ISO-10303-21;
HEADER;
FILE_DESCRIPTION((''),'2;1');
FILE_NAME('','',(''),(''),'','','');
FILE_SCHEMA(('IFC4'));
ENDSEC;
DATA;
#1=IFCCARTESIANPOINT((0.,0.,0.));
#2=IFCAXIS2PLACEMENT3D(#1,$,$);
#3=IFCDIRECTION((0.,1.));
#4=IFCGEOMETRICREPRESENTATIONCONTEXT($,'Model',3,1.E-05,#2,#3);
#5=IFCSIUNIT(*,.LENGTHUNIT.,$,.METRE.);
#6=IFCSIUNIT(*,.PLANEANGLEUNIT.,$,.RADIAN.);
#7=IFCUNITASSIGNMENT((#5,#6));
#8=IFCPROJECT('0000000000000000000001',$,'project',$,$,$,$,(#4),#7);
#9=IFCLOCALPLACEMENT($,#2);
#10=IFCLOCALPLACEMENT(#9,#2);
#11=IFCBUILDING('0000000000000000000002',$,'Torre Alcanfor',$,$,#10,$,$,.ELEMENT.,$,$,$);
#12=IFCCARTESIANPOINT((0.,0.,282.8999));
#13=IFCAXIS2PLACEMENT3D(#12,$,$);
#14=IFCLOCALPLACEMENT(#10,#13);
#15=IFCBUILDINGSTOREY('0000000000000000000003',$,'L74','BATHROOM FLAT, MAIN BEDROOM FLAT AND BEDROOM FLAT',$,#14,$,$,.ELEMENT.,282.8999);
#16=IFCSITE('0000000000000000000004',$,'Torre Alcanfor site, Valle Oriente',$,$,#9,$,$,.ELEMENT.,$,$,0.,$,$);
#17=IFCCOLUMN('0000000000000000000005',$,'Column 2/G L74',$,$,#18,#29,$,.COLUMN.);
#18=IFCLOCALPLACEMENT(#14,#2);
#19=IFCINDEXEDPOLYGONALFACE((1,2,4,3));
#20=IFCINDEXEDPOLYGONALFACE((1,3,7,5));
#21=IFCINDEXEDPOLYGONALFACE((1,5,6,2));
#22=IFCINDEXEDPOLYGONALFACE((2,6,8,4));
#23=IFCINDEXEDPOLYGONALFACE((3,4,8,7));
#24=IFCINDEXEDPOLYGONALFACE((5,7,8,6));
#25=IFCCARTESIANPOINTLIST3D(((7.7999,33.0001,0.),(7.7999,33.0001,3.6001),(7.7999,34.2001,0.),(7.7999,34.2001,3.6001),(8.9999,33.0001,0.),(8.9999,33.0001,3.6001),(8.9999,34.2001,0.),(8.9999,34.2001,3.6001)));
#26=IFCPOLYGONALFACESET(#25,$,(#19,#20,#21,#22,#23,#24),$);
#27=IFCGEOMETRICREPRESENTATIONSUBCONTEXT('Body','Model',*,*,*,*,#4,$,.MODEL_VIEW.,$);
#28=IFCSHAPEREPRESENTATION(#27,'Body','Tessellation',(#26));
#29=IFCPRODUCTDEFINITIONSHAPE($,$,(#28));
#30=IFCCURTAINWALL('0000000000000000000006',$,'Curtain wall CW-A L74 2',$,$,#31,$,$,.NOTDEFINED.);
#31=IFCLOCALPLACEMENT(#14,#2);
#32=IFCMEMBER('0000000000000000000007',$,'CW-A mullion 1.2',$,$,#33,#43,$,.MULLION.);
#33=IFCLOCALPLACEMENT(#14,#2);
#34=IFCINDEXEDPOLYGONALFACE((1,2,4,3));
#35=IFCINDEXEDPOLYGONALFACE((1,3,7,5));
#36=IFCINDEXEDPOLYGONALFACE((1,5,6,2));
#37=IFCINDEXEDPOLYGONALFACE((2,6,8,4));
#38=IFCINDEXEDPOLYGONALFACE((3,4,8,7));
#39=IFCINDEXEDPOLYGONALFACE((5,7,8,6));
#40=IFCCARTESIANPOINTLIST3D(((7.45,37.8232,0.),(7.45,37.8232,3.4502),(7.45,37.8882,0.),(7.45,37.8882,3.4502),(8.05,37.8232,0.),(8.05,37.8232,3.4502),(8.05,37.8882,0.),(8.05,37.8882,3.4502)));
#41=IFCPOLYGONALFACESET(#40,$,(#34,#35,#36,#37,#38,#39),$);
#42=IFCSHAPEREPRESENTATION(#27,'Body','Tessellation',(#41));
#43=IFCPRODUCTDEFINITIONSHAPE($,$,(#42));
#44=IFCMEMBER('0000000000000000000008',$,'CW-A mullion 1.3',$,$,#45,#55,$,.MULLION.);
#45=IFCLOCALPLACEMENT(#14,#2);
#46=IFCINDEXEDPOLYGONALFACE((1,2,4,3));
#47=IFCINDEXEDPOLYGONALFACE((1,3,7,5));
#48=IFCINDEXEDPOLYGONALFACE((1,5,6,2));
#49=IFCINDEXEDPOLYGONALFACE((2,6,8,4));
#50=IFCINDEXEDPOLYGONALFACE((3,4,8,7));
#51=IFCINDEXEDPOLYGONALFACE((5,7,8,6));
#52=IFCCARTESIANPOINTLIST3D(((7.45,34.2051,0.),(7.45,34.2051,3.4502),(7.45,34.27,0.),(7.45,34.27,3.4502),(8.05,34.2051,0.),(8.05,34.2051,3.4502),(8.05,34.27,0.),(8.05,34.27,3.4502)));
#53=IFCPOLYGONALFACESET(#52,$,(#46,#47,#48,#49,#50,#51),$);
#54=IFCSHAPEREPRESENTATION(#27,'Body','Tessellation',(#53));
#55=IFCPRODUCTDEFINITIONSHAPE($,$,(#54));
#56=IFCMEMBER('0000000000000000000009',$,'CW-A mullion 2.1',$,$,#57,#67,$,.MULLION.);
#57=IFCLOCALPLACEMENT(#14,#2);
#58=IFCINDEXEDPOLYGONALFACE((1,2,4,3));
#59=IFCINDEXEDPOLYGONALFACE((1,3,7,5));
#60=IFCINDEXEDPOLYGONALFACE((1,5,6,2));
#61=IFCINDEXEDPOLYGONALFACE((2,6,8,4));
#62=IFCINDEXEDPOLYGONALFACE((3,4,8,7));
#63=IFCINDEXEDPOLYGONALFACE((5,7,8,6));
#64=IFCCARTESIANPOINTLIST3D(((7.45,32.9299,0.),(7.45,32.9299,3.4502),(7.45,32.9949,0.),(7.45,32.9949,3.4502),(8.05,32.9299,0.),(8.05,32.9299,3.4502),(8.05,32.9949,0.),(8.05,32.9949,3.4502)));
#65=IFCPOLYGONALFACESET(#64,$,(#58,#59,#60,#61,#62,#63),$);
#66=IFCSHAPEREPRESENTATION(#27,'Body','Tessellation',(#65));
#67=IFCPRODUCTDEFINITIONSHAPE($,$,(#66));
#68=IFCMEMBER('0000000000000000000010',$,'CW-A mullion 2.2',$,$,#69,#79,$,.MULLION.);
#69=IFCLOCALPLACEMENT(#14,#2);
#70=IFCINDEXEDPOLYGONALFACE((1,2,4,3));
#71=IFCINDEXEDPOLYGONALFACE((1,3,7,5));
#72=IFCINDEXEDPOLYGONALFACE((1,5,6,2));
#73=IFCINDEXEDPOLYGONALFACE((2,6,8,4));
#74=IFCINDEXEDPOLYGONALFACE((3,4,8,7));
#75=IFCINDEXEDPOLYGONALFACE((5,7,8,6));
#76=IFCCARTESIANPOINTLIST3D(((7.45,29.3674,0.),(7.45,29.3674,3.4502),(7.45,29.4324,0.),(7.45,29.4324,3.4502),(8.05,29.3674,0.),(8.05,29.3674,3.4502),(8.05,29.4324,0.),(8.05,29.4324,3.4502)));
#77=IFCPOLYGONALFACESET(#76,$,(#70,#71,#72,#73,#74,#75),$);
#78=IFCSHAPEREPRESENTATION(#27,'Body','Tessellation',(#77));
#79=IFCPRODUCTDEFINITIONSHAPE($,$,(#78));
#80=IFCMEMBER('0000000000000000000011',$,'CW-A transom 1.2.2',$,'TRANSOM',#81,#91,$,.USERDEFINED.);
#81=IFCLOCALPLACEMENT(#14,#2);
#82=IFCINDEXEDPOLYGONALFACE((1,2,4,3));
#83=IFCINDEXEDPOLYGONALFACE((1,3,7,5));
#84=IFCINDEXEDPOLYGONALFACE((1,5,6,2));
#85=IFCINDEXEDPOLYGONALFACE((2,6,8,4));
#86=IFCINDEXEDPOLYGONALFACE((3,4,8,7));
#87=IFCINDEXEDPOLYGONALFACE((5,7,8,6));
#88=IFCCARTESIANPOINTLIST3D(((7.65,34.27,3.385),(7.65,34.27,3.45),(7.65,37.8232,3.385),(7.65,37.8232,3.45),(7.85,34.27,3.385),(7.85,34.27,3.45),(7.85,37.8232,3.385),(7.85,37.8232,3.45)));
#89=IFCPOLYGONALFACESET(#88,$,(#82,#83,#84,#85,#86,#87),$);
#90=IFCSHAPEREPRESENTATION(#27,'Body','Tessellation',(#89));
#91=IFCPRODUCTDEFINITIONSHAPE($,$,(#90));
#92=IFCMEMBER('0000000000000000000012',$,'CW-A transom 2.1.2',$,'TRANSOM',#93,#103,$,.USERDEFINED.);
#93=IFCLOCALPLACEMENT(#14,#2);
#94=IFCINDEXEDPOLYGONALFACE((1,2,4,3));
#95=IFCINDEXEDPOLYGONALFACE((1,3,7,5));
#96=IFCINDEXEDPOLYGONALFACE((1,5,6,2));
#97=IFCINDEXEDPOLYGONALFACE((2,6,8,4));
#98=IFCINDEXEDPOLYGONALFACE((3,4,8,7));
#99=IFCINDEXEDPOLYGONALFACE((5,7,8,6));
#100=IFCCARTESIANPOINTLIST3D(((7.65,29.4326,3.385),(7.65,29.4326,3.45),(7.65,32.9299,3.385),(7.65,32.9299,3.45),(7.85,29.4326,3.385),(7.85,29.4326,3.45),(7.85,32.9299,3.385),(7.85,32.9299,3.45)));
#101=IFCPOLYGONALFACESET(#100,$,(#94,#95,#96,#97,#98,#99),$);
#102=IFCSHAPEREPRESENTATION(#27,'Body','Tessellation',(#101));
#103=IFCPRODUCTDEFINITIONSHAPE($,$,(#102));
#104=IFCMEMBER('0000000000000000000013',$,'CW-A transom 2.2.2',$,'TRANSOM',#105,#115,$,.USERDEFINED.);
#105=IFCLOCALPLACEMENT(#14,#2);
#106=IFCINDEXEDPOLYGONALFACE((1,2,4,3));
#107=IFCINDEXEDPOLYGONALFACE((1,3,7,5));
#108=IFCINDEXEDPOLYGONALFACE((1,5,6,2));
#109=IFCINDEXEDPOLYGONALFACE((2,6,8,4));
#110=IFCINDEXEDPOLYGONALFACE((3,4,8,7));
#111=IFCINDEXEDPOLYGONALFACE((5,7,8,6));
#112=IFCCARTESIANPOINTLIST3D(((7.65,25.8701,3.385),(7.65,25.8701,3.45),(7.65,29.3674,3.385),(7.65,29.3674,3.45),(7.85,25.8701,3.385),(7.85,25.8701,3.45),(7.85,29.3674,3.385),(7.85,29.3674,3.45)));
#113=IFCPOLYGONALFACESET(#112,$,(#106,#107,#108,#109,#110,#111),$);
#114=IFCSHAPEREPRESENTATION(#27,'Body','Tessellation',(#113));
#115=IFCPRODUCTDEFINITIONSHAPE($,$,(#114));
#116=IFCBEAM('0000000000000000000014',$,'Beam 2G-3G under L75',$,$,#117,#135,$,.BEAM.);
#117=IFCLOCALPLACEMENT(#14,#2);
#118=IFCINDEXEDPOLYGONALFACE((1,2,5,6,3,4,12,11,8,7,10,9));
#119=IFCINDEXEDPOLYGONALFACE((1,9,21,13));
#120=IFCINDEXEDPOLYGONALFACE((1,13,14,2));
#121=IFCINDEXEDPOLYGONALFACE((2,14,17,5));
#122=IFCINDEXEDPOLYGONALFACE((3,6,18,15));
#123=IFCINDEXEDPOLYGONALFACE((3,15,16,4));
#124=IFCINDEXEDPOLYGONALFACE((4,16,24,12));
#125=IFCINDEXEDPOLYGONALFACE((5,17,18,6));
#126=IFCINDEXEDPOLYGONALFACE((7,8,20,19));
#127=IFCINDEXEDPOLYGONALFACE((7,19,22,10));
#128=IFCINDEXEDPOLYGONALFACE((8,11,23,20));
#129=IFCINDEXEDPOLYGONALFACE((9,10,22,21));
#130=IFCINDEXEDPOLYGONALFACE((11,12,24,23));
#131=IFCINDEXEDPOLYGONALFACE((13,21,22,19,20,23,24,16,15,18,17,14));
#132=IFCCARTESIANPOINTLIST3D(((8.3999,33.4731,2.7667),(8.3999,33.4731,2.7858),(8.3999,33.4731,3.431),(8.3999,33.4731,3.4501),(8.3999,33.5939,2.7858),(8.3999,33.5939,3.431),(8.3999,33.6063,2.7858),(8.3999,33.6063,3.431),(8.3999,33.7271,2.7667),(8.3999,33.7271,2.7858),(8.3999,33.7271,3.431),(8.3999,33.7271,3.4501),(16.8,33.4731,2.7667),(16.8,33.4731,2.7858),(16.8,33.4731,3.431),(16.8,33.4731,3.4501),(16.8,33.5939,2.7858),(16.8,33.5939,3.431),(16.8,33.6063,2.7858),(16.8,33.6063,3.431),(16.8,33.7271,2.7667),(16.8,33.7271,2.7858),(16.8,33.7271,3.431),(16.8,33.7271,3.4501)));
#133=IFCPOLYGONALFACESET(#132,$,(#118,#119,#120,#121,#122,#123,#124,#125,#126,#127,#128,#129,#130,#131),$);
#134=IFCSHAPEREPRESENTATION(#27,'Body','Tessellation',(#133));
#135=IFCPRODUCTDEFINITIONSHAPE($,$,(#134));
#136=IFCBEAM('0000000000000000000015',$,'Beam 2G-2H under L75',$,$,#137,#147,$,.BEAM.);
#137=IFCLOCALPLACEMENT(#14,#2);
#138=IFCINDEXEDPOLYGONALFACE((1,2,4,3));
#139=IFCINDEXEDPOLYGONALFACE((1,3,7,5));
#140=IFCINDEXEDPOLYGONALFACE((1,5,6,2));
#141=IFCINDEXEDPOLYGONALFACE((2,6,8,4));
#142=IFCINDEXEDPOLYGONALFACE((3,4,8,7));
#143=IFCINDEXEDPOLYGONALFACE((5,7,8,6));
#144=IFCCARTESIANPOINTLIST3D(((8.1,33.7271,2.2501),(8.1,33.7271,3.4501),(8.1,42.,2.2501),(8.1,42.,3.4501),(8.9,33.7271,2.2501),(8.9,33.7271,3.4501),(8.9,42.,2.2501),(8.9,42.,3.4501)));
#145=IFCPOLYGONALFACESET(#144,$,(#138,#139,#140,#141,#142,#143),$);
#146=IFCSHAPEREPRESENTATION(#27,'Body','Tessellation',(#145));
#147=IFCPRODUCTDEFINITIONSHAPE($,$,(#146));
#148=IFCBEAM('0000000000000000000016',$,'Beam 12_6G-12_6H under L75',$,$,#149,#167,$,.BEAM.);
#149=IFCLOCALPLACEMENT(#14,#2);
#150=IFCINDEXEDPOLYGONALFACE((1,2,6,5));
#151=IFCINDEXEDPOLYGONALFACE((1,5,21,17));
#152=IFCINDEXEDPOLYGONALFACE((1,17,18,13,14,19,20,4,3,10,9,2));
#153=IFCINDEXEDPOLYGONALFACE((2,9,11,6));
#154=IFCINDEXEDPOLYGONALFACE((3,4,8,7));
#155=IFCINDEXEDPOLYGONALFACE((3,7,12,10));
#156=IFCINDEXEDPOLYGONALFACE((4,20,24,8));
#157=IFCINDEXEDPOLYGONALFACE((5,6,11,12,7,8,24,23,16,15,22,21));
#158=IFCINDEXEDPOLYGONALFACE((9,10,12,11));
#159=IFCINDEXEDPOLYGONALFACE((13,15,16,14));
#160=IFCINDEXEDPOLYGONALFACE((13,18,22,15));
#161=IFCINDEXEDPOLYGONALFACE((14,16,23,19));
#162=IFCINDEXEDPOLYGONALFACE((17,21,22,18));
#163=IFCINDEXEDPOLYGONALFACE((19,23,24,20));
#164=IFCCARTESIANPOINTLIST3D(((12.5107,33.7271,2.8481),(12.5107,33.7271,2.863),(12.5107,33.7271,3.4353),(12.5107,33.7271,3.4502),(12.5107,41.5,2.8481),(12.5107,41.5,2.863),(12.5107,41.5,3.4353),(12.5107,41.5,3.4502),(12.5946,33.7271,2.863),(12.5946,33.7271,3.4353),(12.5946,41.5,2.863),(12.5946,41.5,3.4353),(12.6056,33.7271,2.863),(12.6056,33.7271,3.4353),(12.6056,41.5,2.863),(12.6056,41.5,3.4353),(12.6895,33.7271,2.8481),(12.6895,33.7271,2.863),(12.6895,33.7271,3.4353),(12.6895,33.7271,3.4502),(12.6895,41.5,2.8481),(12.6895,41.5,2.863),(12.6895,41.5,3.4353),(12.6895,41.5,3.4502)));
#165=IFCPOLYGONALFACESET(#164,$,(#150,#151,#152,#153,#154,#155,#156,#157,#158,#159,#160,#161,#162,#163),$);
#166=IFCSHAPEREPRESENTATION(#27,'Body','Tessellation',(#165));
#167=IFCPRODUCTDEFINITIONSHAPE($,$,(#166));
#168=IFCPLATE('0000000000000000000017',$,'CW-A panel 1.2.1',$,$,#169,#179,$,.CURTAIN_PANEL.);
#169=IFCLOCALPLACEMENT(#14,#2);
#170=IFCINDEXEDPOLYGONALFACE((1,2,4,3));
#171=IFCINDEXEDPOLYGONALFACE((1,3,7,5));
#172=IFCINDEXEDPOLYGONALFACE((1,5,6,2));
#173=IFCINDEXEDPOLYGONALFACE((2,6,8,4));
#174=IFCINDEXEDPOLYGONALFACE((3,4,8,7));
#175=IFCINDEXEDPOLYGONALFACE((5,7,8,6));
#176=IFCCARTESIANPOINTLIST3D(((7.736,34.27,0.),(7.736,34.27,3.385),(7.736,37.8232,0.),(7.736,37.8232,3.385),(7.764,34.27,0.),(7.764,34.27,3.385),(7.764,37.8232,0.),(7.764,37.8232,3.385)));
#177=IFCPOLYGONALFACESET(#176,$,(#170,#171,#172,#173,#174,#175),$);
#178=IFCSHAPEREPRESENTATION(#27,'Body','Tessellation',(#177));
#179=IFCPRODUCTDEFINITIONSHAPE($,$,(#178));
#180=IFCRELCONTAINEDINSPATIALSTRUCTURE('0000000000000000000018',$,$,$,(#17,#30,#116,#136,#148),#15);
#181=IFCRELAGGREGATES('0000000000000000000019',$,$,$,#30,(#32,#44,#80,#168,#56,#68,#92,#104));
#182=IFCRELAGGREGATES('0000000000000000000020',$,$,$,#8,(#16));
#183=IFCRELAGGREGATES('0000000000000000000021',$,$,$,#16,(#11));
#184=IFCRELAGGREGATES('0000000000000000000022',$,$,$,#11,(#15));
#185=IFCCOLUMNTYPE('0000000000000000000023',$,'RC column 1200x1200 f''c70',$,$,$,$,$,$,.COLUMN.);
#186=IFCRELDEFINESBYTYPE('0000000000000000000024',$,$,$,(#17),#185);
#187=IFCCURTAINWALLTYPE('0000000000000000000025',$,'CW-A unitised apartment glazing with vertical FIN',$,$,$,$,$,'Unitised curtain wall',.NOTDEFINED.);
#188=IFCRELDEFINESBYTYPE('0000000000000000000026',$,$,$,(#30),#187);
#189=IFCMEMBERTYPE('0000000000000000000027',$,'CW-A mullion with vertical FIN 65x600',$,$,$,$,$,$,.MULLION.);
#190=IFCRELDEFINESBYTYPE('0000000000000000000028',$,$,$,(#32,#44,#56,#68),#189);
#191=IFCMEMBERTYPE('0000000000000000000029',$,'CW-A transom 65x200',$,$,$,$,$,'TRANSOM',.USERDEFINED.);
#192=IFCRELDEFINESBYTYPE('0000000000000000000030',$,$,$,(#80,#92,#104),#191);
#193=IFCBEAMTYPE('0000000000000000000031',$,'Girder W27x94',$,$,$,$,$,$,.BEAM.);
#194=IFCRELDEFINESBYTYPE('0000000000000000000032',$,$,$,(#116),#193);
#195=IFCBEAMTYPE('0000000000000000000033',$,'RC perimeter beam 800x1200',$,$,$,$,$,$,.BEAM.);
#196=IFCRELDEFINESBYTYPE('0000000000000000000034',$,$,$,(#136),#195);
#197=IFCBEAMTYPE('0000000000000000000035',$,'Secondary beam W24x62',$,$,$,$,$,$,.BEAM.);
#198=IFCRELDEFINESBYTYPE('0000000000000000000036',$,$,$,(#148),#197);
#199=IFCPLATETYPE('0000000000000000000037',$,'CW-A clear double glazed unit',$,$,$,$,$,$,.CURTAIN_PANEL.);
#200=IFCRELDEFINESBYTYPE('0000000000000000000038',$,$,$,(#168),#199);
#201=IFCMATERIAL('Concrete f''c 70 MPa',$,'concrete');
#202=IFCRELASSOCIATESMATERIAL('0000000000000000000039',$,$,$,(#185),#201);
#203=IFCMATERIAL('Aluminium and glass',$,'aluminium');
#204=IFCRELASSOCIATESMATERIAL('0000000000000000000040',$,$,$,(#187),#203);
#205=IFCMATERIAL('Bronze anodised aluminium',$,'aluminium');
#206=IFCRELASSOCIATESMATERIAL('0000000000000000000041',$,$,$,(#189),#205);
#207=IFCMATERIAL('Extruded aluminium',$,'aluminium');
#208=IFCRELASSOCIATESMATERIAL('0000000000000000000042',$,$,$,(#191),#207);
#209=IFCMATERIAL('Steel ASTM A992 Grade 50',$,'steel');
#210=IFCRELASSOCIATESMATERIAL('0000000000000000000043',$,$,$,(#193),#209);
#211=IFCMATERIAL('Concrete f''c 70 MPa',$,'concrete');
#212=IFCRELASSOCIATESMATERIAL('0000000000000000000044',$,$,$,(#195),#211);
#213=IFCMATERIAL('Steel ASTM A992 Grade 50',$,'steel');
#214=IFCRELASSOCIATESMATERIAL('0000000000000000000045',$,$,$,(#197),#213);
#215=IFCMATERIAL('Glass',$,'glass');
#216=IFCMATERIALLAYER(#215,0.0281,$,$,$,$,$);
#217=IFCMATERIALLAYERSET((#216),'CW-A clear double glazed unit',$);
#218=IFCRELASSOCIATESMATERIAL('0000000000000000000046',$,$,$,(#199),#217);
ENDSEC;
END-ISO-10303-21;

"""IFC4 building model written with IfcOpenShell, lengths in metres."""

from ifc_helpers import new_model, si_unit, direction, frame, origin, origin_2d, place, context, subcontext, project, spatial, rectangle, i_section, extrude, material, layer, layer_set, material_profile, profile_set, type_object, element, aggregate, save


model = new_model("IFC4")

# Units and contexts
model_context = context("Model", 3, precision=1e-05, world=origin(), true_north=direction((0.0, 1.0)))
body_context = subcontext(model_context, "Body", "Model", "MODEL_VIEW")
ifc_project = project(units=[si_unit("LENGTHUNIT", "METRE"), si_unit("PLANEANGLEUNIT", "RADIAN")], contexts=[model_context])

# Site, building, storey
site_placement = place(None, origin())
site = spatial("IfcSite", under=ifc_project, at=site_placement, Name="Torre Alcanfor site, Valle Oriente", CompositionType="ELEMENT", RefElevation=0.0)
building_placement = place(site_placement, origin())
building = spatial("IfcBuilding", under=site, at=building_placement, Name="Torre Alcanfor", CompositionType="ELEMENT")
storey_placement = place(building_placement, frame((0.0, 0.0, 282.8999)))
storey = spatial("IfcBuildingStorey", under=building, at=storey_placement, Name="L74", Description="BATHROOM FLAT, MAIN BEDROOM FLAT AND BEDROOM FLAT", CompositionType="ELEMENT", Elevation=282.8999)

# Column
ifc_material_1 = material(Name="Concrete f'c 70 MPa", Category="concrete")
ifc_material_profile_1 = material_profile(ifc_material_1, rectangle(XDim=1.2, YDim=1.2, at=origin_2d()), Name="1200x1200")
ifc_profile_set_1 = profile_set([ifc_material_profile_1], Name="Concrete f'c 70 MPa")
column_type = type_object("IfcColumnType", Name="RC column 1200x1200 f'c70", PredefinedType="COLUMN", material=ifc_profile_set_1)
column_placement = place(storey_placement, frame((8.3999, 33.6001, 0.0), z_axis=(0.0, 0.0, 1.0), x_axis=(1.0, 0.0, 0.0)))
element("IfcColumn", 1, at=column_placement, inside=storey, type_object=column_type, Name="Column 2/G L74", PredefinedType="COLUMN", context=body_context, shape_type="SweptSolid", body=[
    extrude(rectangle(XDim=1.2, YDim=1.2, at=origin_2d()), origin(), (0.0, 0.0, 1.0), 3.6001),
])

# Curtain wall, members
ifc_material_2 = material(Name="Aluminium and glass", Category="aluminium")
curtain_wall_type = type_object("IfcCurtainWallType", Name="CW-A unitised apartment glazing with vertical FIN", ElementType="Unitised curtain wall", PredefinedType="NOTDEFINED", material=ifc_material_2)
curtain_wall_placement = place(storey_placement, origin())
curtain_wall = element("IfcCurtainWall", 2, at=curtain_wall_placement, inside=storey, type_object=curtain_wall_type, Name="Curtain wall CW-A L74 2", PredefinedType="NOTDEFINED")
ifc_material_3 = material(Name="Bronze anodised aluminium", Category="aluminium")
ifc_material_profile_2 = material_profile(ifc_material_3, rectangle(XDim=0.6001, YDim=0.0649, at=origin_2d()), Name="CW-A mullion 65x600")
ifc_profile_set_2 = profile_set([ifc_material_profile_2], Name="Bronze anodised aluminium")
member_type_1 = type_object("IfcMemberType", Name="CW-A mullion with vertical FIN 65x600", PredefinedType="MULLION", material=ifc_profile_set_2)
member_1_placement = place(storey_placement, frame((7.75, 37.8557, 0.0), z_axis=(0.0, 0.0, 1.0), x_axis=(1.0, 0.0, 0.0)))
member_1 = element("IfcMember", 3, at=member_1_placement, type_object=member_type_1, Name="CW-A mullion 1.2", PredefinedType="MULLION", context=body_context, shape_type="SweptSolid", body=[
    extrude(rectangle(XDim=0.6001, YDim=0.0649, at=origin_2d()), origin(), (0.0, 0.0, 1.0), 3.4502),
])
member_2_placement = place(storey_placement, frame((7.75, 34.2375, 0.0), z_axis=(0.0, 0.0, 1.0), x_axis=(1.0, 0.0, 0.0)))
member_2 = element("IfcMember", 4, at=member_2_placement, type_object=member_type_1, Name="CW-A mullion 1.3", PredefinedType="MULLION", context=body_context, shape_type="SweptSolid", body=[
    extrude(rectangle(XDim=0.6001, YDim=0.0649, at=origin_2d()), origin(), (0.0, 0.0, 1.0), 3.4502),
])
member_3_placement = place(storey_placement, frame((7.75, 32.9624, 0.0), z_axis=(0.0, 0.0, 1.0), x_axis=(1.0, 0.0, 0.0)))
member_3 = element("IfcMember", 5, at=member_3_placement, type_object=member_type_1, Name="CW-A mullion 2.1", PredefinedType="MULLION", context=body_context, shape_type="SweptSolid", body=[
    extrude(rectangle(XDim=0.6001, YDim=0.0649, at=origin_2d()), origin(), (0.0, 0.0, 1.0), 3.4502),
])
member_4_placement = place(storey_placement, frame((7.75, 29.3999, 0.0), z_axis=(0.0, 0.0, 1.0), x_axis=(1.0, 0.0, 0.0)))
member_4 = element("IfcMember", 6, at=member_4_placement, type_object=member_type_1, Name="CW-A mullion 2.2", PredefinedType="MULLION", context=body_context, shape_type="SweptSolid", body=[
    extrude(rectangle(XDim=0.6001, YDim=0.0649, at=origin_2d()), origin(), (0.0, 0.0, 1.0), 3.4502),
])
ifc_material_4 = material(Name="Extruded aluminium", Category="aluminium")
ifc_material_profile_3 = material_profile(ifc_material_4, rectangle(XDim=0.2, YDim=0.0649, at=origin_2d()), Name="CW-A transom 200x65")
ifc_profile_set_3 = profile_set([ifc_material_profile_3], Name="Extruded aluminium")
member_type_2 = type_object("IfcMemberType", Name="CW-A transom 65x200", ElementType="TRANSOM", PredefinedType="USERDEFINED", material=ifc_profile_set_3)
member_5_placement = place(storey_placement, frame((7.75, 37.8232, 3.4175), z_axis=(0.0, -1.0, 0.0), x_axis=(1.0, 0.0, 0.0)))
member_5 = element("IfcMember", 7, at=member_5_placement, type_object=member_type_2, Name="CW-A transom 1.2.2", ObjectType="TRANSOM", PredefinedType="USERDEFINED", context=body_context, shape_type="SweptSolid", body=[
    extrude(rectangle(XDim=0.2, YDim=0.0649, at=origin_2d()), origin(), (0.0, 0.0, 1.0), 3.5532),
])
member_6_placement = place(storey_placement, frame((7.75, 32.9299, 3.4175), z_axis=(0.0, -1.0, 0.0), x_axis=(1.0, 0.0, 0.0)))
member_6 = element("IfcMember", 8, at=member_6_placement, type_object=member_type_2, Name="CW-A transom 2.1.2", ObjectType="TRANSOM", PredefinedType="USERDEFINED", context=body_context, shape_type="SweptSolid", body=[
    extrude(rectangle(XDim=0.2, YDim=0.0649, at=origin_2d()), origin(), (0.0, 0.0, 1.0), 3.4973),
])
member_7_placement = place(storey_placement, frame((7.75, 29.3674, 3.4175), z_axis=(0.0, -1.0, 0.0), x_axis=(1.0, 0.0, 0.0)))
member_7 = element("IfcMember", 9, at=member_7_placement, type_object=member_type_2, Name="CW-A transom 2.2.2", ObjectType="TRANSOM", PredefinedType="USERDEFINED", context=body_context, shape_type="SweptSolid", body=[
    extrude(rectangle(XDim=0.2, YDim=0.0649, at=origin_2d()), origin(), (0.0, 0.0, 1.0), 3.4973),
])

# Beams
ifc_material_5 = material(Name="Steel ASTM A992 Grade 50", Category="steel")
ifc_material_profile_4 = material_profile(ifc_material_5, i_section(OverallWidth=0.2539, OverallDepth=0.6833, WebThickness=0.0125, FlangeThickness=0.019, at=origin_2d()), Name="W27x94")
ifc_profile_set_4 = profile_set([ifc_material_profile_4], Name="Steel ASTM A992 Grade 50")
beam_type_1 = type_object("IfcBeamType", Name="Girder W27x94", PredefinedType="BEAM", material=ifc_profile_set_4)
beam_1_placement = place(storey_placement, frame((8.3999, 33.6001, 3.1084), z_axis=(1.0, 0.0, 0.0), x_axis=(0.0, 1.0, 0.0)))
element("IfcBeam", 10, at=beam_1_placement, inside=storey, type_object=beam_type_1, Name="Beam 2G-3G under L75", PredefinedType="BEAM", context=body_context, shape_type="SweptSolid", body=[
    extrude(i_section(OverallWidth=0.2539, OverallDepth=0.6833, WebThickness=0.0125, FlangeThickness=0.019, at=origin_2d()), origin(), (0.0, 0.0, 1.0), 8.4001),
])
ifc_material_6 = material(Name="Concrete f'c 70 MPa", Category="concrete")
ifc_material_profile_5 = material_profile(ifc_material_6, rectangle(XDim=0.8, YDim=1.2, at=origin_2d()), Name="800x1200")
ifc_profile_set_5 = profile_set([ifc_material_profile_5], Name="Concrete f'c 70 MPa")
beam_type_2 = type_object("IfcBeamType", Name="RC perimeter beam 800x1200", PredefinedType="BEAM", material=ifc_profile_set_5)
beam_2_placement = place(storey_placement, frame((8.5, 33.7271, 2.8501), z_axis=(0.0, 1.0, 0.0), x_axis=(-1.0, 0.0, 0.0)))
element("IfcBeam", 11, at=beam_2_placement, inside=storey, type_object=beam_type_2, Name="Beam 2G-2H under L75", PredefinedType="BEAM", context=body_context, shape_type="SweptSolid", body=[
    extrude(rectangle(XDim=0.8, YDim=1.2, at=origin_2d()), origin(), (0.0, 0.0, 1.0), 8.2729),
])
ifc_material_7 = material(Name="Steel ASTM A992 Grade 50", Category="steel")
ifc_material_profile_6 = material_profile(ifc_material_7, i_section(OverallWidth=0.1787, OverallDepth=0.6021, WebThickness=0.011, FlangeThickness=0.0149, at=origin_2d()), Name="W24x62")
ifc_profile_set_6 = profile_set([ifc_material_profile_6], Name="Steel ASTM A992 Grade 50")
beam_type_3 = type_object("IfcBeamType", Name="Secondary beam W24x62", PredefinedType="BEAM", material=ifc_profile_set_6)
beam_3_placement = place(storey_placement, frame((12.6001, 33.7271, 3.1492), z_axis=(0.0, 1.0, 0.0), x_axis=(-1.0, 0.0, 0.0)))
element("IfcBeam", 12, at=beam_3_placement, inside=storey, type_object=beam_type_3, Name="Beam 12_6G-12_6H under L75", PredefinedType="BEAM", context=body_context, shape_type="SweptSolid", body=[
    extrude(i_section(OverallWidth=0.1787, OverallDepth=0.6021, WebThickness=0.011, FlangeThickness=0.0149, at=origin_2d()), origin(), (0.0, 0.0, 1.0), 7.7729),
])

# Plate
ifc_material_8 = material(Name="Glass", Category="glass")
ifc_layer_1 = layer(ifc_material_8, 0.0281)
ifc_layer_set_1 = layer_set([ifc_layer_1], Name="CW-A clear double glazed unit")
plate_type = type_object("IfcPlateType", Name="CW-A clear double glazed unit", PredefinedType="CURTAIN_PANEL", material=ifc_layer_set_1)
plate_1_placement = place(storey_placement, frame((7.75, 36.0466, 0.0), z_axis=(0.0, 0.0, 1.0), x_axis=(0.0, -1.0, 0.0)))
plate_1 = element("IfcPlate", 13, at=plate_1_placement, type_object=plate_type, Name="CW-A panel 1.2.1", PredefinedType="CURTAIN_PANEL", context=body_context, shape_type="SweptSolid", body=[
    extrude(rectangle(XDim=3.5532, YDim=0.0281, at=origin_2d()), origin(), (0.0, 0.0, 1.0), 3.385),
])
aggregate(curtain_wall, [member_1, member_2, member_5, plate_1, member_3, member_4, member_6, member_7])

save(model, "model.ifc")
